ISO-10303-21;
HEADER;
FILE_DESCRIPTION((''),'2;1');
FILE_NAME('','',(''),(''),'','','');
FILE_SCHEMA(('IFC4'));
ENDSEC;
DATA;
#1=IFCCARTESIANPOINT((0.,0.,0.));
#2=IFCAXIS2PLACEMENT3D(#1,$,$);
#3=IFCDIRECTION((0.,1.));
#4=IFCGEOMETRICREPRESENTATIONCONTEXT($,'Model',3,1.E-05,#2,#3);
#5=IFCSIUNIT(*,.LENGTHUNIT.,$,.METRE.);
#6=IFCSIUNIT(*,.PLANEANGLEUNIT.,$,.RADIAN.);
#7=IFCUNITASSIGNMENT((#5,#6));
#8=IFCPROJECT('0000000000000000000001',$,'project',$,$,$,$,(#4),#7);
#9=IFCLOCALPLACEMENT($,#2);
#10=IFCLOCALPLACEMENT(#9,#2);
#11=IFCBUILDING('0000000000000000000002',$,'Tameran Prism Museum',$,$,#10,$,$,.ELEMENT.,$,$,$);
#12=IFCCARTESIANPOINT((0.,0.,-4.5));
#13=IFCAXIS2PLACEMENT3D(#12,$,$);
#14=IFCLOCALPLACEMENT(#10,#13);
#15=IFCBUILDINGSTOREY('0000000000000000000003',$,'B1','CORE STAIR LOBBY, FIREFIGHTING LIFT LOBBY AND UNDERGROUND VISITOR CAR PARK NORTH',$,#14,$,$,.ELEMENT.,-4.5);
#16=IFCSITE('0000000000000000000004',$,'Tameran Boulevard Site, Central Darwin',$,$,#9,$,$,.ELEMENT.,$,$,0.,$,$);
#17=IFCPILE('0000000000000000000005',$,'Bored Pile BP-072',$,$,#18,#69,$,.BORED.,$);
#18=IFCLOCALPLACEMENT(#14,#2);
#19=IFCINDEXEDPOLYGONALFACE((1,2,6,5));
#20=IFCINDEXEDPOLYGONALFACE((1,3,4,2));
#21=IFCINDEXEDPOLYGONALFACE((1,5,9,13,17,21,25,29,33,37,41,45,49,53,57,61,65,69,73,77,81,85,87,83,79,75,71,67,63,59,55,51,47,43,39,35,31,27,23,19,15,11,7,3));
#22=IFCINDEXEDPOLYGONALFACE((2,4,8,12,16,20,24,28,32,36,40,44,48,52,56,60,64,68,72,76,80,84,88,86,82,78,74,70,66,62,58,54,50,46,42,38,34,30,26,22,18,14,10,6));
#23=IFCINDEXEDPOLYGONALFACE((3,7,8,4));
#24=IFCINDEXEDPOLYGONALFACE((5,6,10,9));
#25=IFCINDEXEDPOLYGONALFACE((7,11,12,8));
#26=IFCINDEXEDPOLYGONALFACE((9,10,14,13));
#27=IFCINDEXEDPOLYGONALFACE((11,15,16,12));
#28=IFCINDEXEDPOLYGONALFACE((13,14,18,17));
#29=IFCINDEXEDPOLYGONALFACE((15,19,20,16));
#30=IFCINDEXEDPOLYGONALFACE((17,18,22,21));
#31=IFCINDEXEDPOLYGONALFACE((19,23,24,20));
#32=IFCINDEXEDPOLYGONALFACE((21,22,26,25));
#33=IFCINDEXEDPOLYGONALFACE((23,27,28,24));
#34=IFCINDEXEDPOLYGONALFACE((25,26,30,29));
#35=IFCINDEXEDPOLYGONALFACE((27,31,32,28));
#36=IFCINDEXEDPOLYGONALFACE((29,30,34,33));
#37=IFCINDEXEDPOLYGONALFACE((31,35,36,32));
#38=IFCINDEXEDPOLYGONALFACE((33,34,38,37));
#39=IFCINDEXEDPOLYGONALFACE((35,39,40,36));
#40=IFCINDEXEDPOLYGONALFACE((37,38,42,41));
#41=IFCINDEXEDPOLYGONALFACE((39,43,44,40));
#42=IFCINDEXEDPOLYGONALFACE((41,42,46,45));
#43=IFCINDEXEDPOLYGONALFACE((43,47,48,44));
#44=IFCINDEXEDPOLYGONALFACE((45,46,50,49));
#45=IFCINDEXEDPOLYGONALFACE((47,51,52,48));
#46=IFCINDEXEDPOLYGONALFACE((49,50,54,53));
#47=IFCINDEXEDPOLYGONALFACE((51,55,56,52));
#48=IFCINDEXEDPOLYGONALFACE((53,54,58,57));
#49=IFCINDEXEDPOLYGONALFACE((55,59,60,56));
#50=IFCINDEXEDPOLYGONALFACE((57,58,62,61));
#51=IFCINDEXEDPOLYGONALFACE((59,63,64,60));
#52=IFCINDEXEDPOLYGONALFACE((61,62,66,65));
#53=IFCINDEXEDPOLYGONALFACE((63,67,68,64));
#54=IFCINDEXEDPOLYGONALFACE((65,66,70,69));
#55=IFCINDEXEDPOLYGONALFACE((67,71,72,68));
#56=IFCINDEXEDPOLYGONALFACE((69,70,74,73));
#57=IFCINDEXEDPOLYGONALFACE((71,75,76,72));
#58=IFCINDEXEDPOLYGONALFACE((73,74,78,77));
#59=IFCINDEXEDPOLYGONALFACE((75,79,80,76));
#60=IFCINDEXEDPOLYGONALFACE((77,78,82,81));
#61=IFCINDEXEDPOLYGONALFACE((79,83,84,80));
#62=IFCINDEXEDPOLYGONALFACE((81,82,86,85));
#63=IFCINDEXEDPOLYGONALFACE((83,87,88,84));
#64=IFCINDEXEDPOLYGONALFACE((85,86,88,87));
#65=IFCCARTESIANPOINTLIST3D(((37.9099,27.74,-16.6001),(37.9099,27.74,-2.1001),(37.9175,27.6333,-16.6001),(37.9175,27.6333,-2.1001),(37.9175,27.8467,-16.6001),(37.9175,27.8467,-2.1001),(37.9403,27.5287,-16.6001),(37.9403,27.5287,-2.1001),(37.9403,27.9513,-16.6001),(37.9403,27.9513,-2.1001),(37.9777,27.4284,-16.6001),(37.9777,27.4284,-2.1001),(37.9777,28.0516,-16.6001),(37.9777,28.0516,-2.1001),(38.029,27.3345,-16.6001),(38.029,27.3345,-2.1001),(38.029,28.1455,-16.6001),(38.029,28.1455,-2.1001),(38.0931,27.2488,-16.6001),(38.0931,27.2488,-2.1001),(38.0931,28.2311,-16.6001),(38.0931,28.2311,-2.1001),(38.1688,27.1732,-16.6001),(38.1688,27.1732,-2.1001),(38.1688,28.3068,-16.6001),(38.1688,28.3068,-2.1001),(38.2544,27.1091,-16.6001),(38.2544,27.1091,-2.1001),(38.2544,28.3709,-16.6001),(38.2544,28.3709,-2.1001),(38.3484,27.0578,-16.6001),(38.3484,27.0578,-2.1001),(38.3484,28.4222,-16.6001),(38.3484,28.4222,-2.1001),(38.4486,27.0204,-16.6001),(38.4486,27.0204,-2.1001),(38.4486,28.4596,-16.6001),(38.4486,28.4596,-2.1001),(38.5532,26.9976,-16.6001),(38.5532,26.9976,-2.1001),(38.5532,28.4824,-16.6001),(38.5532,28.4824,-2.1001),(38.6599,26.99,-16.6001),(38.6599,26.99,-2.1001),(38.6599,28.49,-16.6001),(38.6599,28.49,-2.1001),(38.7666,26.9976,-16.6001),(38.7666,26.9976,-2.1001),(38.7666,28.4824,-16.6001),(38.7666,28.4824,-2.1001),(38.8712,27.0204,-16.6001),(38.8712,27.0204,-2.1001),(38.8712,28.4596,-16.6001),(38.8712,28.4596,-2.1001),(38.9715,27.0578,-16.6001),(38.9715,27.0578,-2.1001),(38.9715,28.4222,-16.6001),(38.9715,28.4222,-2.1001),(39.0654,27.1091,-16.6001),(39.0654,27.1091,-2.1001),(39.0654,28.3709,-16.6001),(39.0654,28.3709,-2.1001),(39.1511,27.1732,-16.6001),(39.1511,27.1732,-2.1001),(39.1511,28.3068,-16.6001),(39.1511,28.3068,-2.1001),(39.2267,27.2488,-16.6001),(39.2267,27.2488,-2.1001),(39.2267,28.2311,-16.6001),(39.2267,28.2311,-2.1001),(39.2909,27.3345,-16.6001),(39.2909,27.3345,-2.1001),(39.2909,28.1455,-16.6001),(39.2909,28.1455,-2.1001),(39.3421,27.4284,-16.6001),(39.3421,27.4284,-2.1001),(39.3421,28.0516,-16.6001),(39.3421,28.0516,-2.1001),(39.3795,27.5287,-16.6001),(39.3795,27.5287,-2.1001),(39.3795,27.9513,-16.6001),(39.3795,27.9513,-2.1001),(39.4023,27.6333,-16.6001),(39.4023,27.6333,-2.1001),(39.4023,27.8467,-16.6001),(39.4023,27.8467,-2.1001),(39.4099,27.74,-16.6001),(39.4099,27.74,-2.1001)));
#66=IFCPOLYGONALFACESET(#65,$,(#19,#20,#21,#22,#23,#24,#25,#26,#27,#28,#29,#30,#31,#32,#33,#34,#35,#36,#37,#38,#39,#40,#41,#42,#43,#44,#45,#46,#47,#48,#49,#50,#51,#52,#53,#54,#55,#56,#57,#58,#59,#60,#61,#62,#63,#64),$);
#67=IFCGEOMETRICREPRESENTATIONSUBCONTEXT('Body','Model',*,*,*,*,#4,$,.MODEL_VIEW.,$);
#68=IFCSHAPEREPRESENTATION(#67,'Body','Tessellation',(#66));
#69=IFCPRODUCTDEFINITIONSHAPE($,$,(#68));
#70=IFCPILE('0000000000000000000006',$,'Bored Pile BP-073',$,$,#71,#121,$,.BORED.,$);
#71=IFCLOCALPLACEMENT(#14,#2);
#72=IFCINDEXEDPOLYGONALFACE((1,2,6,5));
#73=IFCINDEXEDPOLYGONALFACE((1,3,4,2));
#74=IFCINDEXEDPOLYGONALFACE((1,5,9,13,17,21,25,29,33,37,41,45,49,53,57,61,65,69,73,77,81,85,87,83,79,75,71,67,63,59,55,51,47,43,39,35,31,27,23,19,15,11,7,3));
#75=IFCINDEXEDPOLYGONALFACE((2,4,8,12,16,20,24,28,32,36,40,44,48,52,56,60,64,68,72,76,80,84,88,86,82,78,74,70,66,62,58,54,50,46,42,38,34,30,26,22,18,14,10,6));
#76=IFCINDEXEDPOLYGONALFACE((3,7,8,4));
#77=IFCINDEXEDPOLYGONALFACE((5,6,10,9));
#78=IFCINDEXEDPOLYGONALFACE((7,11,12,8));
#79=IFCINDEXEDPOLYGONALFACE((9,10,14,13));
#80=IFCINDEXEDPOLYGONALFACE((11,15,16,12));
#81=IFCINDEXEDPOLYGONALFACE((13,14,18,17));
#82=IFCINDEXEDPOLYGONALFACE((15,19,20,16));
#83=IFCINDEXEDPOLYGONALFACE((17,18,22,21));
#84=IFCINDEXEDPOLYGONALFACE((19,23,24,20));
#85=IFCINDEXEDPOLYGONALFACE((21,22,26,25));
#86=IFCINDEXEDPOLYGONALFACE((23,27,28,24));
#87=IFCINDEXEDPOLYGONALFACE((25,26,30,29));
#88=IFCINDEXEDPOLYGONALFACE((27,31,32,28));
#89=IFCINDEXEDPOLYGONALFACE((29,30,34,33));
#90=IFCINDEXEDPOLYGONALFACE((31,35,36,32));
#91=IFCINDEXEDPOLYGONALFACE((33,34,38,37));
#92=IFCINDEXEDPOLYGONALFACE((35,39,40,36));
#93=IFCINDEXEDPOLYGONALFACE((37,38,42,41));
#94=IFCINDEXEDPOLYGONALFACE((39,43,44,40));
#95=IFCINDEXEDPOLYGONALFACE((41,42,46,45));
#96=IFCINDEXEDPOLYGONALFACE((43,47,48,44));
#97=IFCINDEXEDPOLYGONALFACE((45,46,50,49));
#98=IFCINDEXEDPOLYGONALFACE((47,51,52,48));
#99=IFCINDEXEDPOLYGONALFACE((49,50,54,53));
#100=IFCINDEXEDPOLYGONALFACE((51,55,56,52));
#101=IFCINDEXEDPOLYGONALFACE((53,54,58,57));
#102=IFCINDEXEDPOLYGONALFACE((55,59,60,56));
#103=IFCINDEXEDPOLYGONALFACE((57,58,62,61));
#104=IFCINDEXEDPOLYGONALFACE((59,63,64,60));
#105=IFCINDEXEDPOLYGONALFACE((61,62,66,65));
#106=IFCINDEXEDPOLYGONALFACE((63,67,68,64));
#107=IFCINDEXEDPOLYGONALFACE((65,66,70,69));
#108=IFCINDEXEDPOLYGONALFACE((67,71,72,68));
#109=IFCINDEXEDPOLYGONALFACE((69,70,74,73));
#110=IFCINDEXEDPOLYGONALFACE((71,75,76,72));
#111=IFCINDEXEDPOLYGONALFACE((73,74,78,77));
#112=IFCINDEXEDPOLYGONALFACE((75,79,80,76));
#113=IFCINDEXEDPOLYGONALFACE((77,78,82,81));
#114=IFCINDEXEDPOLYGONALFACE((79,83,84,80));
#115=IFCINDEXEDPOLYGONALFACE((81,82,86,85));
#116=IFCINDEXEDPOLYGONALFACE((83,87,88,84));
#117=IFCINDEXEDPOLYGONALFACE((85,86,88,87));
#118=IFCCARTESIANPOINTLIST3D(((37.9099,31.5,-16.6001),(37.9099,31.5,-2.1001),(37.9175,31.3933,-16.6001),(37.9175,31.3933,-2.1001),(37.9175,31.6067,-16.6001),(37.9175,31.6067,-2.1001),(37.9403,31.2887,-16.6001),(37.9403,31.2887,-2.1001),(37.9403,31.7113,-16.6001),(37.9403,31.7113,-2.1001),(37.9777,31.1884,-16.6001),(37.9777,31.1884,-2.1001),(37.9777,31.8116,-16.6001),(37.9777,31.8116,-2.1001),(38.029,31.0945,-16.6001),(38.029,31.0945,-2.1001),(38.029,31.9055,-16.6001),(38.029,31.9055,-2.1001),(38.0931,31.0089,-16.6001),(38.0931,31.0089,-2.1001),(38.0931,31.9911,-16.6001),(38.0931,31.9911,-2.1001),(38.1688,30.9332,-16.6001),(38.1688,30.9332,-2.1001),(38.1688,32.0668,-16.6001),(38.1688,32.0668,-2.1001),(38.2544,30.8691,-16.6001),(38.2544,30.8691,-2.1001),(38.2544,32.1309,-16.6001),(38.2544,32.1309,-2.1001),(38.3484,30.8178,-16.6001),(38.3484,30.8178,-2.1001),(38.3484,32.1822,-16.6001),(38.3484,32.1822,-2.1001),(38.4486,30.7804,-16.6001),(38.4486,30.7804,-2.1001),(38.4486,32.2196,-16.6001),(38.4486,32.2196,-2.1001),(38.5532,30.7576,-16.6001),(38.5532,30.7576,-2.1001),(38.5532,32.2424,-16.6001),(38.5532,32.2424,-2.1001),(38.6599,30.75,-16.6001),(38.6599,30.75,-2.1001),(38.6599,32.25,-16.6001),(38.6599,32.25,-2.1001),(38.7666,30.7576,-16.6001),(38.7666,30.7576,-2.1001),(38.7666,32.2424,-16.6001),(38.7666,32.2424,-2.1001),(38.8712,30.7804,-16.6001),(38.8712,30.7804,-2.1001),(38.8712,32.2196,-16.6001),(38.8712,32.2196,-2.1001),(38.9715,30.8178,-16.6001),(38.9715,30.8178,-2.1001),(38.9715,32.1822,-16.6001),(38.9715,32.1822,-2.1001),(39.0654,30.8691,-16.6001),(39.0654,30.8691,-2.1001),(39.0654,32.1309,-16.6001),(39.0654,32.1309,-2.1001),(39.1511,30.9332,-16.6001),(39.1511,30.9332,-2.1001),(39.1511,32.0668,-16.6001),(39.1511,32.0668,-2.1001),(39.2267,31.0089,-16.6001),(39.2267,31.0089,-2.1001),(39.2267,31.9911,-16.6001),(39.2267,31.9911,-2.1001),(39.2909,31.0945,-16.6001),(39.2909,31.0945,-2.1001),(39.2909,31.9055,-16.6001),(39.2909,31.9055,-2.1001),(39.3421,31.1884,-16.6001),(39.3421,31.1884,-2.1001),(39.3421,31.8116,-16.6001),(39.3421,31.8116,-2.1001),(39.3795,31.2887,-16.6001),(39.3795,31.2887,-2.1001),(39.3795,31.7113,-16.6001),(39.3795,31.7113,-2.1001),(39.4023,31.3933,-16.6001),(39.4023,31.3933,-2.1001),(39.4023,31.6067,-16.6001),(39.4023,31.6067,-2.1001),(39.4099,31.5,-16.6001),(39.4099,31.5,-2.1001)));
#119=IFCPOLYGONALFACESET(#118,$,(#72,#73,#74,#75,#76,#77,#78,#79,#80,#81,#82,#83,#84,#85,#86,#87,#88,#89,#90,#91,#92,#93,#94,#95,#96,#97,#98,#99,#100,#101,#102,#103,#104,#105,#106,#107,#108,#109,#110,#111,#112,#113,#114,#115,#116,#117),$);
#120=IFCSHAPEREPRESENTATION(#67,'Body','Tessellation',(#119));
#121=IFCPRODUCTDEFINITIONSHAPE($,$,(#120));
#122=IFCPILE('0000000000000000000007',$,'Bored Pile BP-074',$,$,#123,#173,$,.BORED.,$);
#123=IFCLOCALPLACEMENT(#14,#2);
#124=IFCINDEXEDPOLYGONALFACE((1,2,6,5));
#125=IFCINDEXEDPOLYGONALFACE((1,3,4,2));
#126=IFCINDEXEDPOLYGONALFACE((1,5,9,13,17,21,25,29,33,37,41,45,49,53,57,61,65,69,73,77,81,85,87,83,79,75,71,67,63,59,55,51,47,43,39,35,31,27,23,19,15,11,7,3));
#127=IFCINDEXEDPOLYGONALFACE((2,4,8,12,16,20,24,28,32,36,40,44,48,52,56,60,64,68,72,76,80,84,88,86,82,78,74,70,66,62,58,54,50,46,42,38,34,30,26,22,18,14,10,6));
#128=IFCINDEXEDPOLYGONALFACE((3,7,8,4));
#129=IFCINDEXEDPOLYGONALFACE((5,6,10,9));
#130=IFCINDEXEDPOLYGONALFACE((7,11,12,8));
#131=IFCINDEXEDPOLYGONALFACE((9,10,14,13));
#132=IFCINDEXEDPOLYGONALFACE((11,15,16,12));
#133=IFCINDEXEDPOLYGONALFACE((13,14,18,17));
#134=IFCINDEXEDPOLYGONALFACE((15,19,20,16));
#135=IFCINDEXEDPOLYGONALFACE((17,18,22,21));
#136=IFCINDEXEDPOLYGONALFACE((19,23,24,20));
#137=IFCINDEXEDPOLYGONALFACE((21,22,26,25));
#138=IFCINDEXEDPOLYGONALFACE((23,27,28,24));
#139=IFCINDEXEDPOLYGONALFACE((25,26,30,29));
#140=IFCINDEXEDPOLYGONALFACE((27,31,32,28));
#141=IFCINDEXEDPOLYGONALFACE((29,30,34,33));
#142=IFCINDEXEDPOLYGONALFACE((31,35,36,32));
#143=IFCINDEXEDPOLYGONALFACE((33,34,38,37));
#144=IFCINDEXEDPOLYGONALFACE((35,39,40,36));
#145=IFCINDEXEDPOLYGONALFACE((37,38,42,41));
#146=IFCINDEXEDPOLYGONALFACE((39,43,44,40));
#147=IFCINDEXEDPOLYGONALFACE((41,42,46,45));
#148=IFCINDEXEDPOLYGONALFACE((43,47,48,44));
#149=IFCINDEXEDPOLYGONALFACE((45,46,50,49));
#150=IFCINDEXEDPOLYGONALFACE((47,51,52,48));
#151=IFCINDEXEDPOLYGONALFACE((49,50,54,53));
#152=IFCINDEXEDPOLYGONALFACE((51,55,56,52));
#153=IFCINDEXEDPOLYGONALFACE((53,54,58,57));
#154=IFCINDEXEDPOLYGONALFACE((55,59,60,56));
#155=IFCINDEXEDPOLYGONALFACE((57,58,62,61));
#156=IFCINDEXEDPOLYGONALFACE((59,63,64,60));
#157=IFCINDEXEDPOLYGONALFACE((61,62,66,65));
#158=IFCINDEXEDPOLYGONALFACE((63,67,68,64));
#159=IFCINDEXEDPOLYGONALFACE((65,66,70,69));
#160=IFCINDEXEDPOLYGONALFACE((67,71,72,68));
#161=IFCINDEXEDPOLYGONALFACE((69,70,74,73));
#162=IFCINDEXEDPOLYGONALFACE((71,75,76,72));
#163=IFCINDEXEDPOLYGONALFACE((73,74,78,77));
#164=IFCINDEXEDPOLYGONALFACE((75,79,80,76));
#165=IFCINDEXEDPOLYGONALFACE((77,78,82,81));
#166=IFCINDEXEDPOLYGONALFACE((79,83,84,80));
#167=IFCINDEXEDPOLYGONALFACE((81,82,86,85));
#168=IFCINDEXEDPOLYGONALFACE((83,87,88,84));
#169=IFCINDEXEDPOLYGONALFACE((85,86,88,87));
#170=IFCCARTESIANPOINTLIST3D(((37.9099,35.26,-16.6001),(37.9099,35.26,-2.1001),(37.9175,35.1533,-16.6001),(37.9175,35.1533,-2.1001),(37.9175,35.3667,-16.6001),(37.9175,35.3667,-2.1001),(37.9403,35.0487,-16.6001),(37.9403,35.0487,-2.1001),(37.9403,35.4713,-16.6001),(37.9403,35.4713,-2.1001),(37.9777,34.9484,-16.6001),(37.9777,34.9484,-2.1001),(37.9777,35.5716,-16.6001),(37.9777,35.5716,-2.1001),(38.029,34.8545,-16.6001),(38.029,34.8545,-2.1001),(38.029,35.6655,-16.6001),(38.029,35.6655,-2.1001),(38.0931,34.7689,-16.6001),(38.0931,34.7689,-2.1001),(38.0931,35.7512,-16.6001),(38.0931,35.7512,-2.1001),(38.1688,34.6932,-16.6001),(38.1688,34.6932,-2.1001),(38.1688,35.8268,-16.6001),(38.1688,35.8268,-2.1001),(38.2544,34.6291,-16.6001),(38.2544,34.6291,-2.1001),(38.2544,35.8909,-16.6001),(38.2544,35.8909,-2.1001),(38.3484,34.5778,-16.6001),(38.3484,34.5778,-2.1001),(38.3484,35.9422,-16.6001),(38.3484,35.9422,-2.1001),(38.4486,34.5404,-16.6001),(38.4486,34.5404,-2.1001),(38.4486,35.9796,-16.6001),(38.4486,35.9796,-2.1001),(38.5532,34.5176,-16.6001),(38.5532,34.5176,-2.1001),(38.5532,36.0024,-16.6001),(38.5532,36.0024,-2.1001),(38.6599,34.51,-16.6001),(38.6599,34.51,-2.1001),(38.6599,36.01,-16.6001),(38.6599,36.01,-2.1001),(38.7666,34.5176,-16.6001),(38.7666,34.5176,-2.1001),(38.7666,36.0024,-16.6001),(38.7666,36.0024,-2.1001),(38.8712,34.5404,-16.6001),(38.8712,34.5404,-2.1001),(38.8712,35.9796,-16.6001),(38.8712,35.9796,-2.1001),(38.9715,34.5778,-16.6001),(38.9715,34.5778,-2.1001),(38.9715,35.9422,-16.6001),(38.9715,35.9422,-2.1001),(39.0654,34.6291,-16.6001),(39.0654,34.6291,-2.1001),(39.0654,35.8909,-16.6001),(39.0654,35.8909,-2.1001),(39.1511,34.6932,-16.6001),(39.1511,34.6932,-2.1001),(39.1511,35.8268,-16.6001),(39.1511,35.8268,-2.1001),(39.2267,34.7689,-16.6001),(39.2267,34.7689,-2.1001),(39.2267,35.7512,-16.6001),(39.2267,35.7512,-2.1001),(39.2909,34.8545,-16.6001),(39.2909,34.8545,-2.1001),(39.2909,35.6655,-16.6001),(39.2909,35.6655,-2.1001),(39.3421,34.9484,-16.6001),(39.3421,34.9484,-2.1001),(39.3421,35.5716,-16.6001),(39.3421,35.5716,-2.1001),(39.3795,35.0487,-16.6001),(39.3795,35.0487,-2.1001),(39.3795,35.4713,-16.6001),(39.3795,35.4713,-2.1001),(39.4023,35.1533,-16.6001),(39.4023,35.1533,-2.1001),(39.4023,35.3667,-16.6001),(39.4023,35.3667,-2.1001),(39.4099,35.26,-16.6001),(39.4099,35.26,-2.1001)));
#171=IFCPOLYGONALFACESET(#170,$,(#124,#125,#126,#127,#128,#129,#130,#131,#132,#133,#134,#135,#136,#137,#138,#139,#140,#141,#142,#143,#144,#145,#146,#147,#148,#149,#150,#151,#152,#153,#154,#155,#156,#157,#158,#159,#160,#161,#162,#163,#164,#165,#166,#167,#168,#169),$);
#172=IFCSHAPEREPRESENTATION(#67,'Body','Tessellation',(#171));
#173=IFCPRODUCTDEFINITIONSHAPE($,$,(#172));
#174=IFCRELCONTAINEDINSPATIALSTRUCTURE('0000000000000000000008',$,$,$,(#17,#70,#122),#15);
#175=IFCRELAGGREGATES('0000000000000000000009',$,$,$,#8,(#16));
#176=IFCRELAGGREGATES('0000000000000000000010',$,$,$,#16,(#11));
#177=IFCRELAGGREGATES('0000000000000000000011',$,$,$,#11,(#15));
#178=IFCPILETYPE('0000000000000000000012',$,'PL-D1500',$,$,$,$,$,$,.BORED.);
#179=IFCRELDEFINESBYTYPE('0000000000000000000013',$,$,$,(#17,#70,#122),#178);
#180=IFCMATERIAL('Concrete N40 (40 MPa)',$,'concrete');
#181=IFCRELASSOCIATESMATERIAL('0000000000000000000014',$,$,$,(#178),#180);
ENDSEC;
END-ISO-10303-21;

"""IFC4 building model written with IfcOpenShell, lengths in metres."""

from ifc_helpers import new_model, si_unit, direction, frame, origin, origin_2d, place, context, subcontext, project, spatial, circle, extrude, material, material_profile, profile_set, type_object, element, save


model = new_model("IFC4")

# Units and contexts
model_context = context("Model", 3, precision=1e-05, world=origin(), true_north=direction((0.0, 1.0)))
body_context = subcontext(model_context, "Body", "Model", "MODEL_VIEW")
ifc_project = project(units=[si_unit("LENGTHUNIT", "METRE"), si_unit("PLANEANGLEUNIT", "RADIAN")], contexts=[model_context])

# Site, building, storey
site_placement = place(None, origin())
site = spatial("IfcSite", under=ifc_project, at=site_placement, Name="Tameran Boulevard Site, Central Darwin", CompositionType="ELEMENT", RefElevation=0.0)
building_placement = place(site_placement, origin())
building = spatial("IfcBuilding", under=site, at=building_placement, Name="Tameran Prism Museum", CompositionType="ELEMENT")
storey_placement = place(building_placement, frame((0.0, 0.0, -4.5)))
storey = spatial("IfcBuildingStorey", under=building, at=storey_placement, Name="B1", Description="CORE STAIR LOBBY, FIREFIGHTING LIFT LOBBY AND UNDERGROUND VISITOR CAR PARK NORTH", CompositionType="ELEMENT", Elevation=-4.5)

# Piles
ifc_material_1 = material(Name="Concrete N40 (40 MPa)", Category="concrete")
ifc_material_profile_1 = material_profile(ifc_material_1, circle(Radius=0.75, at=origin_2d()))
ifc_profile_set_1 = profile_set([ifc_material_profile_1])
pile_type_1 = type_object("IfcPileType", Name="PL-D1500", PredefinedType="BORED", material=ifc_profile_set_1)
for number, where, z_axis, x_axis, name in (
    (1, (38.6599, 27.74, -2.1001), (0.0, 0.0, -1.0), (1.0, 0.0, 0.0), "Bored Pile BP-072"),
    (2, (38.6599, 31.5, -2.1001), (0.0, 0.0, -1.0), (1.0, 0.0, 0.0), "Bored Pile BP-073"),
    (3, (38.6599, 35.26, -2.1001), (0.0, 0.0, -1.0), (1.0, 0.0, 0.0), "Bored Pile BP-074"),
):
    element("IfcPile", number, at=place(storey_placement, frame(where, z_axis=z_axis, x_axis=x_axis)), inside=storey, type_object=pile_type_1, Name=name, PredefinedType="BORED", context=body_context, shape_type="SweptSolid", body=[
        extrude(circle(Radius=0.75, at=origin_2d()), origin(), (0.0, 0.0, 1.0), 14.5),
    ])

save(model, "model.ifc")
